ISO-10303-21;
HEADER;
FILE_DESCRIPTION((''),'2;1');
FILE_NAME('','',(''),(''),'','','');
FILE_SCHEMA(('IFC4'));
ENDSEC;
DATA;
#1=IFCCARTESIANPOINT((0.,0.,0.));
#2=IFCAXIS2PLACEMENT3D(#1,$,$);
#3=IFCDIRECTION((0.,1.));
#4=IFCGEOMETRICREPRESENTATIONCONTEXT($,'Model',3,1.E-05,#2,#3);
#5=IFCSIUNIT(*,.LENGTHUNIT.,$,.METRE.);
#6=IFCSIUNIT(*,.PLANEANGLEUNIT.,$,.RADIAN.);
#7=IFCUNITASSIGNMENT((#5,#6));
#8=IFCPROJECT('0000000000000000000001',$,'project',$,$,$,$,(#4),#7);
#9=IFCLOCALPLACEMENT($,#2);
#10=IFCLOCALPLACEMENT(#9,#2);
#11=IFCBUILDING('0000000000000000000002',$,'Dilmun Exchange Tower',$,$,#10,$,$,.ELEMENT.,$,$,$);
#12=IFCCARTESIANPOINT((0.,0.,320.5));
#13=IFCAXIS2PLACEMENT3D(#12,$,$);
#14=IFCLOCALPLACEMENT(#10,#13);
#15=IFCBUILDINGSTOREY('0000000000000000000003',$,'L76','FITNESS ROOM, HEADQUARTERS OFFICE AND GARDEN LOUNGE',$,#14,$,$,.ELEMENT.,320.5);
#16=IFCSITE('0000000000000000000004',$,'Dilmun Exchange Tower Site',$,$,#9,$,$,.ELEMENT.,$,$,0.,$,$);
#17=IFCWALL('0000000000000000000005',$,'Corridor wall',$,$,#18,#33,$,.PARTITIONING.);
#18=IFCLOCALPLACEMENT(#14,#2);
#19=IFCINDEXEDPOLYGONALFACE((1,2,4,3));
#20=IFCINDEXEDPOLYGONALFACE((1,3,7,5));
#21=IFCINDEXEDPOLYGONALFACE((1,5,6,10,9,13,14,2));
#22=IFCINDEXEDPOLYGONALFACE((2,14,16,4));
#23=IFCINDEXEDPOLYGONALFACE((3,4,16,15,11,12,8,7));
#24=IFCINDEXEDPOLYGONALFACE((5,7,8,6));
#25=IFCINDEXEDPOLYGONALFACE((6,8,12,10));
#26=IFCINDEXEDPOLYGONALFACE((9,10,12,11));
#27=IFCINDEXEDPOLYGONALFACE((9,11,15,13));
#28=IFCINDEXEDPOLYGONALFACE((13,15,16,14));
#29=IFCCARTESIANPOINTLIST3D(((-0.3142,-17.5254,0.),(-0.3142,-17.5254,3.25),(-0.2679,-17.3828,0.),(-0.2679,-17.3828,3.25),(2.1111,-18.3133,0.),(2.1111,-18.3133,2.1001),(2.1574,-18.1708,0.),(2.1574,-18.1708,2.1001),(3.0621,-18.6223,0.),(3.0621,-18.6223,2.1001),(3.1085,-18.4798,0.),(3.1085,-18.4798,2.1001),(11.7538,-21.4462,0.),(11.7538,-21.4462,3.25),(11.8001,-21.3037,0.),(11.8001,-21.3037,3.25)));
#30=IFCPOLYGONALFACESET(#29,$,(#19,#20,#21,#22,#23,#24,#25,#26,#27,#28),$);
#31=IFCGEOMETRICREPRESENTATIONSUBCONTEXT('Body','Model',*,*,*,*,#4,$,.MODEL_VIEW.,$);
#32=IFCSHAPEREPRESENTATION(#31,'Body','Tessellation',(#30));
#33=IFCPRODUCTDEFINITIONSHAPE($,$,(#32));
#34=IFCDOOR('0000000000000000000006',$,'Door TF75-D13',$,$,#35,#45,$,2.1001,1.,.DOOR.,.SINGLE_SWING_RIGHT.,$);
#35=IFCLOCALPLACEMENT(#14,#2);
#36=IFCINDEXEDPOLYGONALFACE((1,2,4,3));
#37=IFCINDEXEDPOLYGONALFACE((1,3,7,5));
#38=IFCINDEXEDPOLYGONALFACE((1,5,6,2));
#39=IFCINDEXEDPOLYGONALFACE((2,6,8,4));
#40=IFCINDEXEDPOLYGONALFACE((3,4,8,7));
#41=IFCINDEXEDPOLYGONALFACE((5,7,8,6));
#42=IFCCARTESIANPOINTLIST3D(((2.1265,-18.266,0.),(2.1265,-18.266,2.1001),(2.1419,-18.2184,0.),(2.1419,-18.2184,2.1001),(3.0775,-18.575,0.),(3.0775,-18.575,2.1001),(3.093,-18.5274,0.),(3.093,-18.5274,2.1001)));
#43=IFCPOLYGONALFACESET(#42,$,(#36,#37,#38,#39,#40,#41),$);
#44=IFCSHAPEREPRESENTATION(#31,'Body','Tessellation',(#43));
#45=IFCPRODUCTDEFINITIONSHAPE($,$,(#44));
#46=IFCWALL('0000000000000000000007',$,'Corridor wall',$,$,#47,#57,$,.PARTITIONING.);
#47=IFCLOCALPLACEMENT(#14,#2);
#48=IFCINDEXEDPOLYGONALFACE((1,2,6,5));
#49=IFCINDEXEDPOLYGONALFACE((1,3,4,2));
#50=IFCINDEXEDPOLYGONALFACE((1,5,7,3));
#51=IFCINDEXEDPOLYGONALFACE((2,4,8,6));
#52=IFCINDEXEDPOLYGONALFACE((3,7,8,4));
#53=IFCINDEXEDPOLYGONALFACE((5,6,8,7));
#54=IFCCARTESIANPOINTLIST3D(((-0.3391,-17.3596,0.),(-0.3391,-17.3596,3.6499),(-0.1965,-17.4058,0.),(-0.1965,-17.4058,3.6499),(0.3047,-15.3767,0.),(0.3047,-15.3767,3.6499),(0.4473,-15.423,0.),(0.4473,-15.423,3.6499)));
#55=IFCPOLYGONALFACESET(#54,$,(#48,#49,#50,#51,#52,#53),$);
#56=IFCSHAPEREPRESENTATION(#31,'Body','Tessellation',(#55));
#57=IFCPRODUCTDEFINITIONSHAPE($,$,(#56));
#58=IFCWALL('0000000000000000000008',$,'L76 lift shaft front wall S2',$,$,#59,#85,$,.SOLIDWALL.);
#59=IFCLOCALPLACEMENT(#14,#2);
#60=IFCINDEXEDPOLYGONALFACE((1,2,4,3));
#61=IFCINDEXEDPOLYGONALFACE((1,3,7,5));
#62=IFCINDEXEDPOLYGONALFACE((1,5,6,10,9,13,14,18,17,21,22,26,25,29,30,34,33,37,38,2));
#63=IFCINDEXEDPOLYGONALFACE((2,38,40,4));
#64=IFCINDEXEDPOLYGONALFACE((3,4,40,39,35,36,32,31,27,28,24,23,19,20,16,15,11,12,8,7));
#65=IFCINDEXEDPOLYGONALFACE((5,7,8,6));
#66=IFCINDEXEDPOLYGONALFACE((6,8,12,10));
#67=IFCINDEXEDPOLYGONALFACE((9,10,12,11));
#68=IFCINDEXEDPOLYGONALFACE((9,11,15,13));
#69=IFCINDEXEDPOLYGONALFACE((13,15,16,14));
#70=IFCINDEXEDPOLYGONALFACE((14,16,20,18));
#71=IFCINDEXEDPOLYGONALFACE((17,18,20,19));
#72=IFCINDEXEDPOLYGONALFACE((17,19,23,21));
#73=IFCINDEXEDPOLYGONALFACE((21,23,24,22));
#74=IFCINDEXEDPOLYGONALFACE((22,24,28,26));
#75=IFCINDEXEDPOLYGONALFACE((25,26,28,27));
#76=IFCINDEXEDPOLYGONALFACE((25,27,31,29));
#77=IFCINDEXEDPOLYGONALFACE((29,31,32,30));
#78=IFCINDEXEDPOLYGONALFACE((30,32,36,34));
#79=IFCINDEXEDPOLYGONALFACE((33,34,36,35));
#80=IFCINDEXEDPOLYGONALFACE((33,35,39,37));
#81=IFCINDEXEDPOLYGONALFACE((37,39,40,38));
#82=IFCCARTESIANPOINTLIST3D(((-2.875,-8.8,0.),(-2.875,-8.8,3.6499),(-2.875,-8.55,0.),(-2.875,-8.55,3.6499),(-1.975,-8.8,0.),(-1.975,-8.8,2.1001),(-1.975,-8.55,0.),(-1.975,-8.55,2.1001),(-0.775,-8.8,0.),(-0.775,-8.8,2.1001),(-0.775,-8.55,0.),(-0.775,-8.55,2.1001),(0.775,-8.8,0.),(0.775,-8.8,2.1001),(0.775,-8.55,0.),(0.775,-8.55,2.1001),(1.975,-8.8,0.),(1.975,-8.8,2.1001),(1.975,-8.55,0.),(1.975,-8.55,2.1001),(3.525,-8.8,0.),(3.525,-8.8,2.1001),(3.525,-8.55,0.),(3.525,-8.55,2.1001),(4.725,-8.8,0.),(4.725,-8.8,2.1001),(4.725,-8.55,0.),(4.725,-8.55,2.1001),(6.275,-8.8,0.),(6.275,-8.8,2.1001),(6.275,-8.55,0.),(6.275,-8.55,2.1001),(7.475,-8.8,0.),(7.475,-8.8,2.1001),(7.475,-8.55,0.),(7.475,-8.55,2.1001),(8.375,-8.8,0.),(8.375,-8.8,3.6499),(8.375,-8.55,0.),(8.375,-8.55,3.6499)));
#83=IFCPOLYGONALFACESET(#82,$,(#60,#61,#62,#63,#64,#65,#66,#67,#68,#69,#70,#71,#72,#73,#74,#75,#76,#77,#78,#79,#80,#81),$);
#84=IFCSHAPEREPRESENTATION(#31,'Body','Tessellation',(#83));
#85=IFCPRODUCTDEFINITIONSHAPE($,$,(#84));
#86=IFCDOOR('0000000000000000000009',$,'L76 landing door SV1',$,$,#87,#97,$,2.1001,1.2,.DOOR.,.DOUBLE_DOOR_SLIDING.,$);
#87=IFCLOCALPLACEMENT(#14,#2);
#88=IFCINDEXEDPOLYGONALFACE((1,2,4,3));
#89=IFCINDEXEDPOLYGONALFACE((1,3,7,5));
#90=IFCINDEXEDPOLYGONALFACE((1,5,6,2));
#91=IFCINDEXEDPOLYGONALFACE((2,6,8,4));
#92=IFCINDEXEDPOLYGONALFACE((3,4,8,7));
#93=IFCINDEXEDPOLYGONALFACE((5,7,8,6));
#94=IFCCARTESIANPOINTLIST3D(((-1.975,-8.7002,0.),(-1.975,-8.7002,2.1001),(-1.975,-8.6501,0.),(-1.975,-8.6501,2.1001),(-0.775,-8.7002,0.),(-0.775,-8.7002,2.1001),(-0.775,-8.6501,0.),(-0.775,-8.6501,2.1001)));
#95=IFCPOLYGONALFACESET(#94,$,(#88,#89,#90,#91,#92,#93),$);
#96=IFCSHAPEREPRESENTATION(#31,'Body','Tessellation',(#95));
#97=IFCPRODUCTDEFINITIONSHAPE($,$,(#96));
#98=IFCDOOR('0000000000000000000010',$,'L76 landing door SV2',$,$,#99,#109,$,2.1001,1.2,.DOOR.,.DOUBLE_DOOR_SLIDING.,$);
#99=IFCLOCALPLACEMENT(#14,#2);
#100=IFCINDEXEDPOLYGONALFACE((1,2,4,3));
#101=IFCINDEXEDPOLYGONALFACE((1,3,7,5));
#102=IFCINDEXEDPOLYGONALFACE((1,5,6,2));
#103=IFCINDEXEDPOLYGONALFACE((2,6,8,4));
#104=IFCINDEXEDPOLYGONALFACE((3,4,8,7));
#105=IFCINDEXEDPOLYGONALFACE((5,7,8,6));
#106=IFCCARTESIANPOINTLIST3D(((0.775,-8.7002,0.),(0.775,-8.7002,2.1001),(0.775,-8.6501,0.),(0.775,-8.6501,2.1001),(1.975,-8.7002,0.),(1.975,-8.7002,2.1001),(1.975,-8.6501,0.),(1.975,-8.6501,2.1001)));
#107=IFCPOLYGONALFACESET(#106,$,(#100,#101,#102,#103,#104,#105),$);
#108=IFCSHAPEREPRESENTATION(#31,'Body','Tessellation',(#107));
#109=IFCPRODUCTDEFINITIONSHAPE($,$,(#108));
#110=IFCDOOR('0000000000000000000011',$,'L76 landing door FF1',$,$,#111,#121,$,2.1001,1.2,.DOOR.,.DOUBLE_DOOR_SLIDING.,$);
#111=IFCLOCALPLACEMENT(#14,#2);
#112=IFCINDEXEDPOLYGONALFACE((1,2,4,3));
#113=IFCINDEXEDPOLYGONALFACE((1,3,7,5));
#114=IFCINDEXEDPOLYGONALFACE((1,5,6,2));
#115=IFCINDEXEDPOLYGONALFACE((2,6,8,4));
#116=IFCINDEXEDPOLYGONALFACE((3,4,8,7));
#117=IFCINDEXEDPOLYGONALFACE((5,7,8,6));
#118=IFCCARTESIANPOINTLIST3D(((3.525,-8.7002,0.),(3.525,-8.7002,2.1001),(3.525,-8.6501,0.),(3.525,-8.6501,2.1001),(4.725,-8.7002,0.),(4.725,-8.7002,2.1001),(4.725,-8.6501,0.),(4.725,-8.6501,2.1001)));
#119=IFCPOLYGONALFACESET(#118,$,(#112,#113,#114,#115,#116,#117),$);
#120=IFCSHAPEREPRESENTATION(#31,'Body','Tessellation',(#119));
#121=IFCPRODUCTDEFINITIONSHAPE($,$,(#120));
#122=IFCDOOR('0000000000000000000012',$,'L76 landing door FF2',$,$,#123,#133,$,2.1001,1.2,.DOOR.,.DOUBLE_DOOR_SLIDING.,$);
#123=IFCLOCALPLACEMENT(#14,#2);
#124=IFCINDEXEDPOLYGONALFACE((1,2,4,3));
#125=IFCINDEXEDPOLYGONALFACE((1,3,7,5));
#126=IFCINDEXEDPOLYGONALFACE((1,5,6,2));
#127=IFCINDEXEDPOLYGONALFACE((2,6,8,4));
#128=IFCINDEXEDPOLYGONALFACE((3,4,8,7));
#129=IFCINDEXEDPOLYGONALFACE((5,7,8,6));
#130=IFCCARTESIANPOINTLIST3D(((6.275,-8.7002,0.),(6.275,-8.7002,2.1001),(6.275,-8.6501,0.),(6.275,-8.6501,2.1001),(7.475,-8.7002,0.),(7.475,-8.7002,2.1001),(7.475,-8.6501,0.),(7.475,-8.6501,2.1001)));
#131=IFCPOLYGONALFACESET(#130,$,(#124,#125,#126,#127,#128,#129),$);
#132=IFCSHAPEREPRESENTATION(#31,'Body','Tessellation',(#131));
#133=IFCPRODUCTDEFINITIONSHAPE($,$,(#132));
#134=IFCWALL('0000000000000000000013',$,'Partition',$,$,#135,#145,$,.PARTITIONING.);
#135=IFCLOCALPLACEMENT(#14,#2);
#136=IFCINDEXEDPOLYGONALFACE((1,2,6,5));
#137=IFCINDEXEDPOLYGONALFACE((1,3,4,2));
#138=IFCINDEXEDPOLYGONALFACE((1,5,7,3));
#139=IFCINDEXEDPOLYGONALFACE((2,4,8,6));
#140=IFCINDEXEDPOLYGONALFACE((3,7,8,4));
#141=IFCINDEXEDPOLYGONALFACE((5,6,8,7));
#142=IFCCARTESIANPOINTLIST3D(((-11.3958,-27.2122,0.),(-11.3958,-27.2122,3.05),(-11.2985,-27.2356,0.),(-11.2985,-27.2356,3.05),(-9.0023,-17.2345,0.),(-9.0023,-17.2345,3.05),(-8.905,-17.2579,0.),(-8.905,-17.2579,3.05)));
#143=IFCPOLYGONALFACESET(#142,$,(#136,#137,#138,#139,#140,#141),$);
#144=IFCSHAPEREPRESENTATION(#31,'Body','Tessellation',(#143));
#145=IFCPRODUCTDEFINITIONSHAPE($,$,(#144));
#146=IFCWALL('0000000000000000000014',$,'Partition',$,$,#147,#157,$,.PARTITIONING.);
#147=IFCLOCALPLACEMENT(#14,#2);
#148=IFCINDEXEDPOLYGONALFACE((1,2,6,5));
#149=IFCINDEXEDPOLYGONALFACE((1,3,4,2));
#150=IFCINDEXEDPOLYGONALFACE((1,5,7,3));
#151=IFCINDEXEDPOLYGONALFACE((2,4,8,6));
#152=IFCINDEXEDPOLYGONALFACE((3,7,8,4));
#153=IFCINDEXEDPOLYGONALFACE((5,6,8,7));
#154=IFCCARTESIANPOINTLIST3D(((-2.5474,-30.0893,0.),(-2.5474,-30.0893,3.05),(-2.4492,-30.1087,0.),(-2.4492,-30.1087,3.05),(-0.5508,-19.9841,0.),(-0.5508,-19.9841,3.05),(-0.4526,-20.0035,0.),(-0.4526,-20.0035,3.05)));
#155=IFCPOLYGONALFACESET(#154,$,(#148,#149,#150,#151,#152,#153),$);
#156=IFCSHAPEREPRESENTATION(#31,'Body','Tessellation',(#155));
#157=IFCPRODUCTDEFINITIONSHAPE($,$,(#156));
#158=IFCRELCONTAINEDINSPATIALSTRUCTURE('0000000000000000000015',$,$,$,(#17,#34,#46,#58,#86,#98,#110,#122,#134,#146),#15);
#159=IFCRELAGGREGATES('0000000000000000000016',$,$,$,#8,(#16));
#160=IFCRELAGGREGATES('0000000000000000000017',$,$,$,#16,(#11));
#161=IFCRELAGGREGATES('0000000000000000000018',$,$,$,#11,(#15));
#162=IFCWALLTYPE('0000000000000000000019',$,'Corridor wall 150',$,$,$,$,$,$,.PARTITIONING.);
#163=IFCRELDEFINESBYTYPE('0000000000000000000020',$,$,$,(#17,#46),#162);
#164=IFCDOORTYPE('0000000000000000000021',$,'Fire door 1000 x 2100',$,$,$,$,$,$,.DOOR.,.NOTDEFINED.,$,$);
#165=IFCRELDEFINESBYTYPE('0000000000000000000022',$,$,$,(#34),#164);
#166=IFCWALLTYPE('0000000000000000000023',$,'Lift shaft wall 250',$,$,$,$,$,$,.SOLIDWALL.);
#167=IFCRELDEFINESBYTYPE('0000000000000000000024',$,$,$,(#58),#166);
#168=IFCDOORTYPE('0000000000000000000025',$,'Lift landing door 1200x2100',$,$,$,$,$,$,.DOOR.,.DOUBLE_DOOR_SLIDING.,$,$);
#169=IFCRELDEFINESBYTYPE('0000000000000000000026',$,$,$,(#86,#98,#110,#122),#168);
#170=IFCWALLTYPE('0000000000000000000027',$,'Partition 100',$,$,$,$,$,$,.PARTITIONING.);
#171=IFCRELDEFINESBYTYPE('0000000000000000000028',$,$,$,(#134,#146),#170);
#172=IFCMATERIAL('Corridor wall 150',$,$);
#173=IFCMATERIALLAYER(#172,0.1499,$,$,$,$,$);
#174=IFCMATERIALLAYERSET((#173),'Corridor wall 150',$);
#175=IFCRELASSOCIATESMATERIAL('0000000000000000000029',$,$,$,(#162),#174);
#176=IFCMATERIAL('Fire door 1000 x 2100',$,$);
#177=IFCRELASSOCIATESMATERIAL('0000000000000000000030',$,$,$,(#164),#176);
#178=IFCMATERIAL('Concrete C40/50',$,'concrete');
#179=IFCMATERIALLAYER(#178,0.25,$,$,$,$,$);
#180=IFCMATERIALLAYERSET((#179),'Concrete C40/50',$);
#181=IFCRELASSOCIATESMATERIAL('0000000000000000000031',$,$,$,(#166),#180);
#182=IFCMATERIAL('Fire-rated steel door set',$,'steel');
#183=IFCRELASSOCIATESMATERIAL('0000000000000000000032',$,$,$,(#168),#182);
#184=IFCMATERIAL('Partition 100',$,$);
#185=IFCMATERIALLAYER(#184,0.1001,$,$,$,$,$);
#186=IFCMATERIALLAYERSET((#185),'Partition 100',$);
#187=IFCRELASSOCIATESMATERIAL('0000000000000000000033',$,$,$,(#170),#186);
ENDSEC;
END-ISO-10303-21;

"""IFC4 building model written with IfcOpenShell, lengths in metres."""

from ifc_helpers import new_model, si_unit, direction, frame, frame_2d, origin, place, context, subcontext, project, spatial, rectangle, extrude, material, layer, layer_set, type_object, element, fill, save


model = new_model("IFC4")

# Units and contexts
model_context = context("Model", 3, precision=1e-05, world=origin(), true_north=direction((0.0, 1.0)))
body_context = subcontext(model_context, "Body", "Model", "MODEL_VIEW")
ifc_project = project(units=[si_unit("LENGTHUNIT", "METRE"), si_unit("PLANEANGLEUNIT", "RADIAN")], contexts=[model_context])

# Site, building, storey
site_placement = place(None, origin())
site = spatial("IfcSite", under=ifc_project, at=site_placement, Name="Dilmun Exchange Tower Site", CompositionType="ELEMENT", RefElevation=0.0)
building_placement = place(site_placement, origin())
building = spatial("IfcBuilding", under=site, at=building_placement, Name="Dilmun Exchange Tower", CompositionType="ELEMENT")
storey_placement = place(building_placement, frame((0.0, 0.0, 320.5)))
storey = spatial("IfcBuildingStorey", under=building, at=storey_placement, Name="L76", Description="FITNESS ROOM, HEADQUARTERS OFFICE AND GARDEN LOUNGE", CompositionType="ELEMENT", Elevation=320.5)

# Shared definitions
ifc_material_1 = material(Name="Concrete C40/50", Category="concrete")

# Shared definitions
ifc_material_2 = material(Name="Fire-rated steel door set", Category="steel")

# Wall, opening, door
ifc_material_3 = material(Name="Corridor wall 150")
ifc_layer_1 = layer(ifc_material_3, 0.1499)
ifc_layer_set_1 = layer_set([ifc_layer_1], Name="Corridor wall 150")
wall_type_1 = type_object("IfcWallType", Name="Corridor wall 150", PredefinedType="PARTITIONING", material=ifc_layer_set_1)
ifc_material_4 = material(Name="Fire door 1000 x 2100")
door_type_1 = type_object("IfcDoorType", Name="Fire door 1000 x 2100", OperationType="NOTDEFINED", PredefinedType="DOOR", material=ifc_material_4)
wall_1_placement = place(storey_placement, frame((-0.291, -17.4541, 0.0), z_axis=(0.0, 0.0, 1.0), x_axis=(0.951063, -0.308998, 0.0)))
wall_1 = element("IfcWall", 1, at=wall_1_placement, inside=storey, type_object=wall_type_1, Name="Corridor wall", PredefinedType="PARTITIONING", context=body_context, shape_type="SweptSolid", body=[
    extrude(rectangle(XDim=12.689, YDim=0.1499, at=frame_2d((6.3445, 0.0))), origin(), (0.0, 0.0, 1.0), 3.25),
])
opening_1_placement = place(wall_1_placement, frame((2.55, 0.0, 0.0)))
opening_1 = element("IfcOpeningElement", 2, at=opening_1_placement, cuts=wall_1, PredefinedType="OPENING", context=body_context, shape_type="SweptSolid", body=[
    extrude(rectangle(XDim=1.0, YDim=2.1001, at=frame_2d((0.5, 1.05))), frame((0.0, 0.085, 0.0), z_axis=(0.0, -1.0, 0.0), x_axis=(1.0, 0.0, 0.0)), (0.0, 0.0, 1.0), 0.1699),
])
door_1_placement = place(opening_1_placement, origin())
door_1 = element("IfcDoor", 3, at=door_1_placement, inside=storey, type_object=door_type_1, Name="Door TF75-D13", OperationType="SINGLE_SWING_RIGHT", OverallHeight=2.1001, OverallWidth=1.0, PredefinedType="DOOR", context=body_context, shape_type="SweptSolid", body=[
    extrude(rectangle(XDim=1.0, YDim=2.1001, at=frame_2d((0.5, 1.05))), frame((0.0, 0.0249, 0.0), z_axis=(0.0, -1.0, 0.0), x_axis=(1.0, 0.0, 0.0)), (0.0, 0.0, 1.0), 0.05),
])
fill(opening_1, door_1)

# Wall
wall_2_placement = place(storey_placement, frame((-0.2678, -17.3828, 0.0), z_axis=(0.0, 0.0, 1.0), x_axis=(0.308805, 0.951125, 0.0)))
element("IfcWall", 4, at=wall_2_placement, inside=storey, type_object=wall_type_1, Name="Corridor wall", PredefinedType="PARTITIONING", context=body_context, shape_type="SweptSolid", body=[
    extrude(rectangle(XDim=2.0847, YDim=0.1499, at=frame_2d((1.0425, 0.0))), origin(), (0.0, 0.0, 1.0), 3.6499),
])

# Wall, openings, doors
ifc_layer_2 = layer(ifc_material_1, 0.25)
ifc_layer_set_2 = layer_set([ifc_layer_2], Name="Concrete C40/50")
wall_type_2 = type_object("IfcWallType", Name="Lift shaft wall 250", PredefinedType="SOLIDWALL", material=ifc_layer_set_2)
wall_3_placement = place(storey_placement, frame((-2.875, -8.675, 0.0), z_axis=(0.0, 0.0, 1.0), x_axis=(1.0, 0.0, 0.0)))
wall_3 = element("IfcWall", 5, at=wall_3_placement, inside=storey, type_object=wall_type_2, Name="L76 lift shaft front wall S2", PredefinedType="SOLIDWALL", context=body_context, shape_type="SweptSolid", body=[
    extrude(rectangle(XDim=11.25, YDim=0.25, at=frame_2d((5.625, 0.0))), origin(), (0.0, 0.0, 1.0), 3.6499),
])
opening_2_placement = place(wall_3_placement, frame((0.8999, 0.0, 0.0)))
opening_2 = element("IfcOpeningElement", 6, at=opening_2_placement, cuts=wall_3, PredefinedType="OPENING", context=body_context, shape_type="SweptSolid", body=[
    extrude(rectangle(XDim=1.2, YDim=2.1001, at=frame_2d((0.6001, 1.05))), frame((0.0, 0.135, 0.0), z_axis=(0.0, -1.0, 0.0), x_axis=(1.0, 0.0, 0.0)), (0.0, 0.0, 1.0), 0.27),
])
opening_3_placement = place(wall_3_placement, frame((3.6499, 0.0, 0.0)))
opening_3 = element("IfcOpeningElement", 7, at=opening_3_placement, cuts=wall_3, PredefinedType="OPENING", context=body_context, shape_type="SweptSolid", body=[
    extrude(rectangle(XDim=1.2, YDim=2.1001, at=frame_2d((0.6001, 1.05))), frame((0.0, 0.135, 0.0), z_axis=(0.0, -1.0, 0.0), x_axis=(1.0, 0.0, 0.0)), (0.0, 0.0, 1.0), 0.27),
])
opening_4_placement = place(wall_3_placement, frame((6.3999, 0.0, 0.0)))
opening_4 = element("IfcOpeningElement", 8, at=opening_4_placement, cuts=wall_3, PredefinedType="OPENING", context=body_context, shape_type="SweptSolid", body=[
    extrude(rectangle(XDim=1.2, YDim=2.1001, at=frame_2d((0.6001, 1.05))), frame((0.0, 0.135, 0.0), z_axis=(0.0, -1.0, 0.0), x_axis=(1.0, 0.0, 0.0)), (0.0, 0.0, 1.0), 0.27),
])
opening_5_placement = place(wall_3_placement, frame((9.1499, 0.0, 0.0)))
opening_5 = element("IfcOpeningElement", 9, at=opening_5_placement, cuts=wall_3, PredefinedType="OPENING", context=body_context, shape_type="SweptSolid", body=[
    extrude(rectangle(XDim=1.2, YDim=2.1001, at=frame_2d((0.6001, 1.05))), frame((0.0, 0.135, 0.0), z_axis=(0.0, -1.0, 0.0), x_axis=(1.0, 0.0, 0.0)), (0.0, 0.0, 1.0), 0.27),
])
door_type_2 = type_object("IfcDoorType", Name="Lift landing door 1200x2100", OperationType="DOUBLE_DOOR_SLIDING", PredefinedType="DOOR", material=ifc_material_2)
door_2_placement = place(opening_2_placement, origin())
door_2 = element("IfcDoor", 10, at=door_2_placement, inside=storey, type_object=door_type_2, Name="L76 landing door SV1", OperationType="DOUBLE_DOOR_SLIDING", OverallHeight=2.1001, OverallWidth=1.2, PredefinedType="DOOR", context=body_context, shape_type="SweptSolid", body=[
    extrude(rectangle(XDim=1.2, YDim=2.1001, at=frame_2d((0.6001, 1.05))), frame((0.0, 0.0249, 0.0), z_axis=(0.0, -1.0, 0.0), x_axis=(1.0, 0.0, 0.0)), (0.0, 0.0, 1.0), 0.05),
])
fill(opening_2, door_2)
door_3_placement = place(opening_3_placement, origin())
door_3 = element("IfcDoor", 11, at=door_3_placement, inside=storey, type_object=door_type_2, Name="L76 landing door SV2", OperationType="DOUBLE_DOOR_SLIDING", OverallHeight=2.1001, OverallWidth=1.2, PredefinedType="DOOR", context=body_context, shape_type="SweptSolid", body=[
    extrude(rectangle(XDim=1.2, YDim=2.1001, at=frame_2d((0.6001, 1.05))), frame((0.0, 0.0249, 0.0), z_axis=(0.0, -1.0, 0.0), x_axis=(1.0, 0.0, 0.0)), (0.0, 0.0, 1.0), 0.05),
])
fill(opening_3, door_3)
door_4_placement = place(opening_4_placement, origin())
door_4 = element("IfcDoor", 12, at=door_4_placement, inside=storey, type_object=door_type_2, Name="L76 landing door FF1", OperationType="DOUBLE_DOOR_SLIDING", OverallHeight=2.1001, OverallWidth=1.2, PredefinedType="DOOR", context=body_context, shape_type="SweptSolid", body=[
    extrude(rectangle(XDim=1.2, YDim=2.1001, at=frame_2d((0.6001, 1.05))), frame((0.0, 0.0249, 0.0), z_axis=(0.0, -1.0, 0.0), x_axis=(1.0, 0.0, 0.0)), (0.0, 0.0, 1.0), 0.05),
])
fill(opening_4, door_4)
door_5_placement = place(opening_5_placement, origin())
door_5 = element("IfcDoor", 13, at=door_5_placement, inside=storey, type_object=door_type_2, Name="L76 landing door FF2", OperationType="DOUBLE_DOOR_SLIDING", OverallHeight=2.1001, OverallWidth=1.2, PredefinedType="DOOR", context=body_context, shape_type="SweptSolid", body=[
    extrude(rectangle(XDim=1.2, YDim=2.1001, at=frame_2d((0.6001, 1.05))), frame((0.0, 0.0249, 0.0), z_axis=(0.0, -1.0, 0.0), x_axis=(1.0, 0.0, 0.0)), (0.0, 0.0, 1.0), 0.05),
])
fill(opening_5, door_5)

# Walls
ifc_material_5 = material(Name="Partition 100")
ifc_layer_3 = layer(ifc_material_5, 0.1001)
ifc_layer_set_3 = layer_set([ifc_layer_3], Name="Partition 100")
wall_type_3 = type_object("IfcWallType", Name="Partition 100", PredefinedType="PARTITIONING", material=ifc_layer_set_3)
wall_4_placement = place(storey_placement, frame((-11.3472, -27.2239, 0.0), z_axis=(0.0, 0.0, 1.0), x_axis=(0.23327, 0.972412, 0.0)))
element("IfcWall", 14, at=wall_4_placement, inside=storey, type_object=wall_type_3, Name="Partition", PredefinedType="PARTITIONING", context=body_context, shape_type="SweptSolid", body=[
    extrude(rectangle(XDim=10.2607, YDim=0.1001, at=frame_2d((5.1304, 0.0))), origin(), (0.0, 0.0, 1.0), 3.05),
])
wall_5_placement = place(storey_placement, frame((-2.4983, -30.0991, 0.0), z_axis=(0.0, 0.0, 1.0), x_axis=(0.193832, 0.981035, 0.0)))
element("IfcWall", 15, at=wall_5_placement, inside=storey, type_object=wall_type_3, Name="Partition", PredefinedType="PARTITIONING", context=body_context, shape_type="SweptSolid", body=[
    extrude(rectangle(XDim=10.3005, YDim=0.1001, at=frame_2d((5.1504, 0.0))), origin(), (0.0, 0.0, 1.0), 3.05),
])

save(model, "model.ifc")
